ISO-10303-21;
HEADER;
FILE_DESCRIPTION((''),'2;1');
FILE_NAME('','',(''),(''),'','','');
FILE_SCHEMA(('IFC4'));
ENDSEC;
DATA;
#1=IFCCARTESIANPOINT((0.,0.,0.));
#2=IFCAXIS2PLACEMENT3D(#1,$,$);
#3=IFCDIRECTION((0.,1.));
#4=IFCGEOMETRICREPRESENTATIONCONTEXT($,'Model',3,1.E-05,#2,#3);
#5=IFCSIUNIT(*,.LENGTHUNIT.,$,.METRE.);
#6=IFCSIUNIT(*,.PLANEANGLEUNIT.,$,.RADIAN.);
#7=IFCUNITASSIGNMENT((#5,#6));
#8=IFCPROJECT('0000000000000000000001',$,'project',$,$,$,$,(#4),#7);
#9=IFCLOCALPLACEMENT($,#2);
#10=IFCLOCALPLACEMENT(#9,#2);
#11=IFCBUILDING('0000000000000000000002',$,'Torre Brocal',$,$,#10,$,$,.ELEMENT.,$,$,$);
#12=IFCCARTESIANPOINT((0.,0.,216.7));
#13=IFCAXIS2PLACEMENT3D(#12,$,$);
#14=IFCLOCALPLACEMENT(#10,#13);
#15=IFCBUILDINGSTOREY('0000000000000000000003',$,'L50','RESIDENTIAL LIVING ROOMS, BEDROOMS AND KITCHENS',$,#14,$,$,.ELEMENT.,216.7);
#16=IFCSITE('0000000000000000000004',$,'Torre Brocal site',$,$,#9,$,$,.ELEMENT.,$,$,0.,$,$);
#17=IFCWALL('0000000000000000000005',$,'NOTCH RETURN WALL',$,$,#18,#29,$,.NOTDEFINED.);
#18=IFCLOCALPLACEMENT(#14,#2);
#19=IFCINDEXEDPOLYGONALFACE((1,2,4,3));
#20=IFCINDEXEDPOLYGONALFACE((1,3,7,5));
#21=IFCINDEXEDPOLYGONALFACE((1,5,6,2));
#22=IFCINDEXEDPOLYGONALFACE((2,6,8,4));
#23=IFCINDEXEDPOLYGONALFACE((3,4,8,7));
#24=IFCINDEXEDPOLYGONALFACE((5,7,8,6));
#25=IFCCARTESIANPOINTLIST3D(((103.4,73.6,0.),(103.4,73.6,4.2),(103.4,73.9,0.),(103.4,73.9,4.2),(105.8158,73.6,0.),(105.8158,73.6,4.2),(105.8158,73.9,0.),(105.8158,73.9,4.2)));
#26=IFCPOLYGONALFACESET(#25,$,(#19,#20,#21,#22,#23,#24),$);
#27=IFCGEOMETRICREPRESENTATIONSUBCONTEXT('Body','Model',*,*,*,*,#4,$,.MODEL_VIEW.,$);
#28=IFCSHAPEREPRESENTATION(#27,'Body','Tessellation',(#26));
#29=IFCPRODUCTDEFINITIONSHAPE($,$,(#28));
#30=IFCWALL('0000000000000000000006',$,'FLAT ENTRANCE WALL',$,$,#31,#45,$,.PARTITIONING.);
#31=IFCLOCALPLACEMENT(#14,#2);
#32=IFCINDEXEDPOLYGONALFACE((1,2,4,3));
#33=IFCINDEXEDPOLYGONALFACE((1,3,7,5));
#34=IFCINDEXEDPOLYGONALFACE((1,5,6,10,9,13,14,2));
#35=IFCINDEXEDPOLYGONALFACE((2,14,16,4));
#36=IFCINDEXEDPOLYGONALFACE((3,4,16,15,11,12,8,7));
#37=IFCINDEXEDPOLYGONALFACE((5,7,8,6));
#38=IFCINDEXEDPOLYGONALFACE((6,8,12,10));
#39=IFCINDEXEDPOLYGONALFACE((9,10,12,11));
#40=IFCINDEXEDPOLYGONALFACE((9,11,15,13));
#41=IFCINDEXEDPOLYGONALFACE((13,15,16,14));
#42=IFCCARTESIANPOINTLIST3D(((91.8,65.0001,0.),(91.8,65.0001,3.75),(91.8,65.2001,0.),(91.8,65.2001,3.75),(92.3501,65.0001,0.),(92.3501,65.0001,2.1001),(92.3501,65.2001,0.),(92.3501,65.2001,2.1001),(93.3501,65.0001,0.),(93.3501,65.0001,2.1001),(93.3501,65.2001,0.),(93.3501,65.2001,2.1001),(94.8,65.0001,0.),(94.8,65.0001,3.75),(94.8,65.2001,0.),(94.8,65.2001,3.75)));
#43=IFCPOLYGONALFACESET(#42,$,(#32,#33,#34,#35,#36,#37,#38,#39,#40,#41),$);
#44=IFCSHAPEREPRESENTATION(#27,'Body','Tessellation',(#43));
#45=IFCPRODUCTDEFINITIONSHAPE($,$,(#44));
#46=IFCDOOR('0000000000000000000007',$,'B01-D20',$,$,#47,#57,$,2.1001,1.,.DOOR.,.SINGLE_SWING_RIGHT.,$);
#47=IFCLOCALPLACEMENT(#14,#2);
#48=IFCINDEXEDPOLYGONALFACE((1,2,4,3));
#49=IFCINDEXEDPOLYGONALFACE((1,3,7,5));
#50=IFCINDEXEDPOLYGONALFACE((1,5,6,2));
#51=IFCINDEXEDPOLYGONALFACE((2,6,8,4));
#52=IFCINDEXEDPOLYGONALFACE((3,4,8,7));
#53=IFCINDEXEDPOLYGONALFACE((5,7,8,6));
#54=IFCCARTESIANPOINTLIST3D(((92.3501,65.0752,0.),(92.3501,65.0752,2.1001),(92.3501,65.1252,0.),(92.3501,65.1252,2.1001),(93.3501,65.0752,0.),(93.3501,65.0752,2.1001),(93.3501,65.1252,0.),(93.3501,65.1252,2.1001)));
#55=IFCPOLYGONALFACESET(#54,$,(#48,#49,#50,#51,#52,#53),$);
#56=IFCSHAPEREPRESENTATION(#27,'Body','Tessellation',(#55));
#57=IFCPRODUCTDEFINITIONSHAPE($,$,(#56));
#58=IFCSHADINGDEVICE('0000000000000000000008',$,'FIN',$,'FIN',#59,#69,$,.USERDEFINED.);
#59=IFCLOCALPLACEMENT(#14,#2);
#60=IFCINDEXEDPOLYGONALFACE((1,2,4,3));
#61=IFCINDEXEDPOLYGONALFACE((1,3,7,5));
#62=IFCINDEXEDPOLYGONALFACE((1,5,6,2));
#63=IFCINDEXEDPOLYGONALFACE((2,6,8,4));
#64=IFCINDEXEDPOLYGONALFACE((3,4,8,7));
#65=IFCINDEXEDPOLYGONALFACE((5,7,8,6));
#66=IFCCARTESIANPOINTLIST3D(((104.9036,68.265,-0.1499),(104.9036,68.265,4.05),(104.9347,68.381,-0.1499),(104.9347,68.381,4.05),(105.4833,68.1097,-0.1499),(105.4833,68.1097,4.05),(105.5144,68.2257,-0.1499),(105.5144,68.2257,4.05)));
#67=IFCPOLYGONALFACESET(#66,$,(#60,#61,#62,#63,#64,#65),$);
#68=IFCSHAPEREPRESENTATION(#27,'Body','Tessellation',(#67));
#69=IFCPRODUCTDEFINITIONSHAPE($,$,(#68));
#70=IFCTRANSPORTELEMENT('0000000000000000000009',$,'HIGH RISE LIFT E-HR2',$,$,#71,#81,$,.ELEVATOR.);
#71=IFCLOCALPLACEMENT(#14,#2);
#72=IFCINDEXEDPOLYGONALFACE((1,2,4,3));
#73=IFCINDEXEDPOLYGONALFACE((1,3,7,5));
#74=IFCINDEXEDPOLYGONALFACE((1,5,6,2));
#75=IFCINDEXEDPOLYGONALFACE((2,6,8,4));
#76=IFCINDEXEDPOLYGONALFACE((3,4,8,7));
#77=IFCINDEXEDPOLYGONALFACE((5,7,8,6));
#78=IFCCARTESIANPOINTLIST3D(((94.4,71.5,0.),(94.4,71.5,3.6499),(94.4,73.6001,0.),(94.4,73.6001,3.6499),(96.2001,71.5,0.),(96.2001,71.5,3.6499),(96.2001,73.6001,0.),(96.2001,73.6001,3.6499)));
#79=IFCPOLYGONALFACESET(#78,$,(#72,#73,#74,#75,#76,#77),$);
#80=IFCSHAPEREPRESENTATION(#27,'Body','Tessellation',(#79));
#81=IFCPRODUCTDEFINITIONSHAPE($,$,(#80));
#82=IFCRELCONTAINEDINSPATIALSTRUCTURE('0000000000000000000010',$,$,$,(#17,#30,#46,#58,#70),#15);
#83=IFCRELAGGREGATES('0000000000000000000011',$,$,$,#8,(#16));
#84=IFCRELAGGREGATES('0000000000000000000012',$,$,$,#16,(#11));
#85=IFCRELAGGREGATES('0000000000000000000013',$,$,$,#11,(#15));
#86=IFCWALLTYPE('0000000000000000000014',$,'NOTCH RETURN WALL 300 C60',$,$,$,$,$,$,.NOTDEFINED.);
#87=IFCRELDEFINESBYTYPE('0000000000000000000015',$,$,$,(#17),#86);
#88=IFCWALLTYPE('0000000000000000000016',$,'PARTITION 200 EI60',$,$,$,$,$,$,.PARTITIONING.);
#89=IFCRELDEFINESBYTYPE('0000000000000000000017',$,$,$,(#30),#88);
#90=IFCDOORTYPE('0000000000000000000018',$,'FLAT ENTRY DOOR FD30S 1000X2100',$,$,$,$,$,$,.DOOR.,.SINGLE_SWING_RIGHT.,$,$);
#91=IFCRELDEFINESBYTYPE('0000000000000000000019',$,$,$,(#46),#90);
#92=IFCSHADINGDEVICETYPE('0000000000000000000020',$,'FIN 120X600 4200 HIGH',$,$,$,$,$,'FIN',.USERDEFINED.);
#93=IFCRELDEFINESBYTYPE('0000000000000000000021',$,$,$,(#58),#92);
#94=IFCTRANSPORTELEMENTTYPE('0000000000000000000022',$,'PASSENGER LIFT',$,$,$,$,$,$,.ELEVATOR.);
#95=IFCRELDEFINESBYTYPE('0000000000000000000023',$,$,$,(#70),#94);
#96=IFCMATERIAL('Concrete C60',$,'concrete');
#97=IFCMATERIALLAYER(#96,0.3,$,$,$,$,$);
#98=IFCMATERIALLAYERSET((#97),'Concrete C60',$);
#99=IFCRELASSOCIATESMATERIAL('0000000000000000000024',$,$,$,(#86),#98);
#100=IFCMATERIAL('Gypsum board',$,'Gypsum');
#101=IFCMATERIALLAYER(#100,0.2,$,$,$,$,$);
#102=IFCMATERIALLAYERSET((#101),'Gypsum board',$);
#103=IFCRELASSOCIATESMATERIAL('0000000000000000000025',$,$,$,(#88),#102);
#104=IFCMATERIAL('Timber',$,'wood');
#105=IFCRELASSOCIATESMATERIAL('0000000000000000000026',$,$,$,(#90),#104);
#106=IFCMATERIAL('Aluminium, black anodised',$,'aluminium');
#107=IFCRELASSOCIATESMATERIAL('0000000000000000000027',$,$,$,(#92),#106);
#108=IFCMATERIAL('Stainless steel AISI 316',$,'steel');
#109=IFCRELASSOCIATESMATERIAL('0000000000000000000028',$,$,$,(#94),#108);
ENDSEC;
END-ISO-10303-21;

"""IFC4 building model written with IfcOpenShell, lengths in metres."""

from ifc_helpers import new_model, si_unit, direction, frame, frame_2d, origin, origin_2d, place, context, subcontext, project, spatial, rectangle, extrude, material, layer, layer_set, material_profile, profile_set, type_object, element, fill, save


model = new_model("IFC4")

# Units and contexts
model_context = context("Model", 3, precision=1e-05, world=origin(), true_north=direction((0.0, 1.0)))
body_context = subcontext(model_context, "Body", "Model", "MODEL_VIEW")
ifc_project = project(units=[si_unit("LENGTHUNIT", "METRE"), si_unit("PLANEANGLEUNIT", "RADIAN")], contexts=[model_context])

# Site, building, storey
site_placement = place(None, origin())
site = spatial("IfcSite", under=ifc_project, at=site_placement, Name="Torre Brocal site", CompositionType="ELEMENT", RefElevation=0.0)
building_placement = place(site_placement, origin())
building = spatial("IfcBuilding", under=site, at=building_placement, Name="Torre Brocal", CompositionType="ELEMENT")
storey_placement = place(building_placement, frame((0.0, 0.0, 216.7)))
storey = spatial("IfcBuildingStorey", under=building, at=storey_placement, Name="L50", Description="RESIDENTIAL LIVING ROOMS, BEDROOMS AND KITCHENS", CompositionType="ELEMENT", Elevation=216.7)

# Wall
ifc_material_1 = material(Name="Concrete C60", Category="concrete")
ifc_layer_1 = layer(ifc_material_1, 0.3)
ifc_layer_set_1 = layer_set([ifc_layer_1], Name="Concrete C60")
wall_type_1 = type_object("IfcWallType", Name="NOTCH RETURN WALL 300 C60", PredefinedType="NOTDEFINED", material=ifc_layer_set_1)
wall_1_placement = place(storey_placement, frame((103.3999, 73.75, 0.0), z_axis=(0.0, 0.0, 1.0), x_axis=(1.0, 0.0, 0.0)))
element("IfcWall", 1, at=wall_1_placement, inside=storey, type_object=wall_type_1, Name="NOTCH RETURN WALL", PredefinedType="NOTDEFINED", context=body_context, shape_type="SweptSolid", body=[
    extrude(rectangle(XDim=2.4158, YDim=0.3, at=frame_2d((1.208, 0.0))), origin(), (0.0, 0.0, 1.0), 4.2),
])

# Wall, opening, door
ifc_material_2 = material(Name="Gypsum board", Category="Gypsum")
ifc_layer_2 = layer(ifc_material_2, 0.2)
ifc_layer_set_2 = layer_set([ifc_layer_2], Name="Gypsum board")
wall_type_2 = type_object("IfcWallType", Name="PARTITION 200 EI60", PredefinedType="PARTITIONING", material=ifc_layer_set_2)
wall_2_placement = place(storey_placement, frame((91.8, 65.1001, 0.0), z_axis=(0.0, 0.0, 1.0), x_axis=(1.0, 0.0, 0.0)))
wall_2 = element("IfcWall", 2, at=wall_2_placement, inside=storey, type_object=wall_type_2, Name="FLAT ENTRANCE WALL", PredefinedType="PARTITIONING", context=body_context, shape_type="SweptSolid", body=[
    extrude(rectangle(XDim=3.0, YDim=0.2, at=frame_2d((1.5, 0.0))), origin(), (0.0, 0.0, 1.0), 3.75),
])
opening_1_placement = place(wall_2_placement, frame((0.55, 0.0, 0.0)))
opening_1 = element("IfcOpeningElement", 3, at=opening_1_placement, cuts=wall_2, PredefinedType="OPENING", context=body_context, shape_type="SweptSolid", body=[
    extrude(rectangle(XDim=1.0, YDim=2.1001, at=frame_2d((0.5, 1.05))), frame((0.0, 0.1099, 0.0), z_axis=(0.0, -1.0, 0.0), x_axis=(1.0, 0.0, 0.0)), (0.0, 0.0, 1.0), 0.22),
])
ifc_material_3 = material(Name="Timber", Category="wood")
door_type_1 = type_object("IfcDoorType", Name="FLAT ENTRY DOOR FD30S 1000X2100", OperationType="SINGLE_SWING_RIGHT", PredefinedType="DOOR", material=ifc_material_3)
door_1_placement = place(opening_1_placement, frame((1.0, 0.0, 0.0), z_axis=(0.0, 0.0, 1.0), x_axis=(-1.0, 0.0, 0.0)))
door_1 = element("IfcDoor", 4, at=door_1_placement, inside=storey, type_object=door_type_1, Name="B01-D20", OperationType="SINGLE_SWING_RIGHT", OverallHeight=2.1001, OverallWidth=1.0, PredefinedType="DOOR", context=body_context, shape_type="SweptSolid", body=[
    extrude(rectangle(XDim=1.0, YDim=2.1001, at=frame_2d((0.5, 1.05))), frame((0.0, 0.0249, 0.0), z_axis=(0.0, -1.0, 0.0), x_axis=(1.0, 0.0, 0.0)), (0.0, 0.0, 1.0), 0.05),
])
fill(opening_1, door_1)

# Shading device
ifc_material_4 = material(Name="Aluminium, black anodised", Category="aluminium")
ifc_material_profile_1 = material_profile(ifc_material_4, rectangle(XDim=0.1201, YDim=0.6001, at=origin_2d()), Name="FIN 120X600 4200 HIGH")
ifc_profile_set_1 = profile_set([ifc_material_profile_1], Name="Aluminium, black anodised")
shading_device_type = type_object("IfcShadingDeviceType", Name="FIN 120X600 4200 HIGH", ElementType="FIN", PredefinedType="USERDEFINED", material=ifc_profile_set_1)
shading_device_placement = place(storey_placement, frame((105.209, 68.2454, -0.1499), z_axis=(0.0, 0.0, 1.0), x_axis=(0.258819, 0.965926, 0.0)))
element("IfcShadingDevice", 5, at=shading_device_placement, inside=storey, type_object=shading_device_type, Name="FIN", ObjectType="FIN", PredefinedType="USERDEFINED", context=body_context, shape_type="SweptSolid", body=[
    extrude(rectangle(XDim=0.1201, YDim=0.6001, at=origin_2d()), origin(), (0.0, 0.0, 1.0), 4.2),
])

# Transport element
ifc_material_5 = material(Name="Stainless steel AISI 316", Category="steel")
transport_element_type = type_object("IfcTransportElementType", Name="PASSENGER LIFT", PredefinedType="ELEVATOR", material=ifc_material_5)
transport_element_placement = place(storey_placement, frame((95.3, 72.55, 0.0), z_axis=(0.0, 0.0, 1.0), x_axis=(1.0, 0.0, 0.0)))
element("IfcTransportElement", 6, at=transport_element_placement, inside=storey, type_object=transport_element_type, Name="HIGH RISE LIFT E-HR2", PredefinedType="ELEVATOR", context=body_context, shape_type="SweptSolid", body=[
    extrude(rectangle(XDim=1.8, YDim=2.1001, at=origin_2d()), origin(), (0.0, 0.0, 1.0), 3.6499),
])

save(model, "model.ifc")
